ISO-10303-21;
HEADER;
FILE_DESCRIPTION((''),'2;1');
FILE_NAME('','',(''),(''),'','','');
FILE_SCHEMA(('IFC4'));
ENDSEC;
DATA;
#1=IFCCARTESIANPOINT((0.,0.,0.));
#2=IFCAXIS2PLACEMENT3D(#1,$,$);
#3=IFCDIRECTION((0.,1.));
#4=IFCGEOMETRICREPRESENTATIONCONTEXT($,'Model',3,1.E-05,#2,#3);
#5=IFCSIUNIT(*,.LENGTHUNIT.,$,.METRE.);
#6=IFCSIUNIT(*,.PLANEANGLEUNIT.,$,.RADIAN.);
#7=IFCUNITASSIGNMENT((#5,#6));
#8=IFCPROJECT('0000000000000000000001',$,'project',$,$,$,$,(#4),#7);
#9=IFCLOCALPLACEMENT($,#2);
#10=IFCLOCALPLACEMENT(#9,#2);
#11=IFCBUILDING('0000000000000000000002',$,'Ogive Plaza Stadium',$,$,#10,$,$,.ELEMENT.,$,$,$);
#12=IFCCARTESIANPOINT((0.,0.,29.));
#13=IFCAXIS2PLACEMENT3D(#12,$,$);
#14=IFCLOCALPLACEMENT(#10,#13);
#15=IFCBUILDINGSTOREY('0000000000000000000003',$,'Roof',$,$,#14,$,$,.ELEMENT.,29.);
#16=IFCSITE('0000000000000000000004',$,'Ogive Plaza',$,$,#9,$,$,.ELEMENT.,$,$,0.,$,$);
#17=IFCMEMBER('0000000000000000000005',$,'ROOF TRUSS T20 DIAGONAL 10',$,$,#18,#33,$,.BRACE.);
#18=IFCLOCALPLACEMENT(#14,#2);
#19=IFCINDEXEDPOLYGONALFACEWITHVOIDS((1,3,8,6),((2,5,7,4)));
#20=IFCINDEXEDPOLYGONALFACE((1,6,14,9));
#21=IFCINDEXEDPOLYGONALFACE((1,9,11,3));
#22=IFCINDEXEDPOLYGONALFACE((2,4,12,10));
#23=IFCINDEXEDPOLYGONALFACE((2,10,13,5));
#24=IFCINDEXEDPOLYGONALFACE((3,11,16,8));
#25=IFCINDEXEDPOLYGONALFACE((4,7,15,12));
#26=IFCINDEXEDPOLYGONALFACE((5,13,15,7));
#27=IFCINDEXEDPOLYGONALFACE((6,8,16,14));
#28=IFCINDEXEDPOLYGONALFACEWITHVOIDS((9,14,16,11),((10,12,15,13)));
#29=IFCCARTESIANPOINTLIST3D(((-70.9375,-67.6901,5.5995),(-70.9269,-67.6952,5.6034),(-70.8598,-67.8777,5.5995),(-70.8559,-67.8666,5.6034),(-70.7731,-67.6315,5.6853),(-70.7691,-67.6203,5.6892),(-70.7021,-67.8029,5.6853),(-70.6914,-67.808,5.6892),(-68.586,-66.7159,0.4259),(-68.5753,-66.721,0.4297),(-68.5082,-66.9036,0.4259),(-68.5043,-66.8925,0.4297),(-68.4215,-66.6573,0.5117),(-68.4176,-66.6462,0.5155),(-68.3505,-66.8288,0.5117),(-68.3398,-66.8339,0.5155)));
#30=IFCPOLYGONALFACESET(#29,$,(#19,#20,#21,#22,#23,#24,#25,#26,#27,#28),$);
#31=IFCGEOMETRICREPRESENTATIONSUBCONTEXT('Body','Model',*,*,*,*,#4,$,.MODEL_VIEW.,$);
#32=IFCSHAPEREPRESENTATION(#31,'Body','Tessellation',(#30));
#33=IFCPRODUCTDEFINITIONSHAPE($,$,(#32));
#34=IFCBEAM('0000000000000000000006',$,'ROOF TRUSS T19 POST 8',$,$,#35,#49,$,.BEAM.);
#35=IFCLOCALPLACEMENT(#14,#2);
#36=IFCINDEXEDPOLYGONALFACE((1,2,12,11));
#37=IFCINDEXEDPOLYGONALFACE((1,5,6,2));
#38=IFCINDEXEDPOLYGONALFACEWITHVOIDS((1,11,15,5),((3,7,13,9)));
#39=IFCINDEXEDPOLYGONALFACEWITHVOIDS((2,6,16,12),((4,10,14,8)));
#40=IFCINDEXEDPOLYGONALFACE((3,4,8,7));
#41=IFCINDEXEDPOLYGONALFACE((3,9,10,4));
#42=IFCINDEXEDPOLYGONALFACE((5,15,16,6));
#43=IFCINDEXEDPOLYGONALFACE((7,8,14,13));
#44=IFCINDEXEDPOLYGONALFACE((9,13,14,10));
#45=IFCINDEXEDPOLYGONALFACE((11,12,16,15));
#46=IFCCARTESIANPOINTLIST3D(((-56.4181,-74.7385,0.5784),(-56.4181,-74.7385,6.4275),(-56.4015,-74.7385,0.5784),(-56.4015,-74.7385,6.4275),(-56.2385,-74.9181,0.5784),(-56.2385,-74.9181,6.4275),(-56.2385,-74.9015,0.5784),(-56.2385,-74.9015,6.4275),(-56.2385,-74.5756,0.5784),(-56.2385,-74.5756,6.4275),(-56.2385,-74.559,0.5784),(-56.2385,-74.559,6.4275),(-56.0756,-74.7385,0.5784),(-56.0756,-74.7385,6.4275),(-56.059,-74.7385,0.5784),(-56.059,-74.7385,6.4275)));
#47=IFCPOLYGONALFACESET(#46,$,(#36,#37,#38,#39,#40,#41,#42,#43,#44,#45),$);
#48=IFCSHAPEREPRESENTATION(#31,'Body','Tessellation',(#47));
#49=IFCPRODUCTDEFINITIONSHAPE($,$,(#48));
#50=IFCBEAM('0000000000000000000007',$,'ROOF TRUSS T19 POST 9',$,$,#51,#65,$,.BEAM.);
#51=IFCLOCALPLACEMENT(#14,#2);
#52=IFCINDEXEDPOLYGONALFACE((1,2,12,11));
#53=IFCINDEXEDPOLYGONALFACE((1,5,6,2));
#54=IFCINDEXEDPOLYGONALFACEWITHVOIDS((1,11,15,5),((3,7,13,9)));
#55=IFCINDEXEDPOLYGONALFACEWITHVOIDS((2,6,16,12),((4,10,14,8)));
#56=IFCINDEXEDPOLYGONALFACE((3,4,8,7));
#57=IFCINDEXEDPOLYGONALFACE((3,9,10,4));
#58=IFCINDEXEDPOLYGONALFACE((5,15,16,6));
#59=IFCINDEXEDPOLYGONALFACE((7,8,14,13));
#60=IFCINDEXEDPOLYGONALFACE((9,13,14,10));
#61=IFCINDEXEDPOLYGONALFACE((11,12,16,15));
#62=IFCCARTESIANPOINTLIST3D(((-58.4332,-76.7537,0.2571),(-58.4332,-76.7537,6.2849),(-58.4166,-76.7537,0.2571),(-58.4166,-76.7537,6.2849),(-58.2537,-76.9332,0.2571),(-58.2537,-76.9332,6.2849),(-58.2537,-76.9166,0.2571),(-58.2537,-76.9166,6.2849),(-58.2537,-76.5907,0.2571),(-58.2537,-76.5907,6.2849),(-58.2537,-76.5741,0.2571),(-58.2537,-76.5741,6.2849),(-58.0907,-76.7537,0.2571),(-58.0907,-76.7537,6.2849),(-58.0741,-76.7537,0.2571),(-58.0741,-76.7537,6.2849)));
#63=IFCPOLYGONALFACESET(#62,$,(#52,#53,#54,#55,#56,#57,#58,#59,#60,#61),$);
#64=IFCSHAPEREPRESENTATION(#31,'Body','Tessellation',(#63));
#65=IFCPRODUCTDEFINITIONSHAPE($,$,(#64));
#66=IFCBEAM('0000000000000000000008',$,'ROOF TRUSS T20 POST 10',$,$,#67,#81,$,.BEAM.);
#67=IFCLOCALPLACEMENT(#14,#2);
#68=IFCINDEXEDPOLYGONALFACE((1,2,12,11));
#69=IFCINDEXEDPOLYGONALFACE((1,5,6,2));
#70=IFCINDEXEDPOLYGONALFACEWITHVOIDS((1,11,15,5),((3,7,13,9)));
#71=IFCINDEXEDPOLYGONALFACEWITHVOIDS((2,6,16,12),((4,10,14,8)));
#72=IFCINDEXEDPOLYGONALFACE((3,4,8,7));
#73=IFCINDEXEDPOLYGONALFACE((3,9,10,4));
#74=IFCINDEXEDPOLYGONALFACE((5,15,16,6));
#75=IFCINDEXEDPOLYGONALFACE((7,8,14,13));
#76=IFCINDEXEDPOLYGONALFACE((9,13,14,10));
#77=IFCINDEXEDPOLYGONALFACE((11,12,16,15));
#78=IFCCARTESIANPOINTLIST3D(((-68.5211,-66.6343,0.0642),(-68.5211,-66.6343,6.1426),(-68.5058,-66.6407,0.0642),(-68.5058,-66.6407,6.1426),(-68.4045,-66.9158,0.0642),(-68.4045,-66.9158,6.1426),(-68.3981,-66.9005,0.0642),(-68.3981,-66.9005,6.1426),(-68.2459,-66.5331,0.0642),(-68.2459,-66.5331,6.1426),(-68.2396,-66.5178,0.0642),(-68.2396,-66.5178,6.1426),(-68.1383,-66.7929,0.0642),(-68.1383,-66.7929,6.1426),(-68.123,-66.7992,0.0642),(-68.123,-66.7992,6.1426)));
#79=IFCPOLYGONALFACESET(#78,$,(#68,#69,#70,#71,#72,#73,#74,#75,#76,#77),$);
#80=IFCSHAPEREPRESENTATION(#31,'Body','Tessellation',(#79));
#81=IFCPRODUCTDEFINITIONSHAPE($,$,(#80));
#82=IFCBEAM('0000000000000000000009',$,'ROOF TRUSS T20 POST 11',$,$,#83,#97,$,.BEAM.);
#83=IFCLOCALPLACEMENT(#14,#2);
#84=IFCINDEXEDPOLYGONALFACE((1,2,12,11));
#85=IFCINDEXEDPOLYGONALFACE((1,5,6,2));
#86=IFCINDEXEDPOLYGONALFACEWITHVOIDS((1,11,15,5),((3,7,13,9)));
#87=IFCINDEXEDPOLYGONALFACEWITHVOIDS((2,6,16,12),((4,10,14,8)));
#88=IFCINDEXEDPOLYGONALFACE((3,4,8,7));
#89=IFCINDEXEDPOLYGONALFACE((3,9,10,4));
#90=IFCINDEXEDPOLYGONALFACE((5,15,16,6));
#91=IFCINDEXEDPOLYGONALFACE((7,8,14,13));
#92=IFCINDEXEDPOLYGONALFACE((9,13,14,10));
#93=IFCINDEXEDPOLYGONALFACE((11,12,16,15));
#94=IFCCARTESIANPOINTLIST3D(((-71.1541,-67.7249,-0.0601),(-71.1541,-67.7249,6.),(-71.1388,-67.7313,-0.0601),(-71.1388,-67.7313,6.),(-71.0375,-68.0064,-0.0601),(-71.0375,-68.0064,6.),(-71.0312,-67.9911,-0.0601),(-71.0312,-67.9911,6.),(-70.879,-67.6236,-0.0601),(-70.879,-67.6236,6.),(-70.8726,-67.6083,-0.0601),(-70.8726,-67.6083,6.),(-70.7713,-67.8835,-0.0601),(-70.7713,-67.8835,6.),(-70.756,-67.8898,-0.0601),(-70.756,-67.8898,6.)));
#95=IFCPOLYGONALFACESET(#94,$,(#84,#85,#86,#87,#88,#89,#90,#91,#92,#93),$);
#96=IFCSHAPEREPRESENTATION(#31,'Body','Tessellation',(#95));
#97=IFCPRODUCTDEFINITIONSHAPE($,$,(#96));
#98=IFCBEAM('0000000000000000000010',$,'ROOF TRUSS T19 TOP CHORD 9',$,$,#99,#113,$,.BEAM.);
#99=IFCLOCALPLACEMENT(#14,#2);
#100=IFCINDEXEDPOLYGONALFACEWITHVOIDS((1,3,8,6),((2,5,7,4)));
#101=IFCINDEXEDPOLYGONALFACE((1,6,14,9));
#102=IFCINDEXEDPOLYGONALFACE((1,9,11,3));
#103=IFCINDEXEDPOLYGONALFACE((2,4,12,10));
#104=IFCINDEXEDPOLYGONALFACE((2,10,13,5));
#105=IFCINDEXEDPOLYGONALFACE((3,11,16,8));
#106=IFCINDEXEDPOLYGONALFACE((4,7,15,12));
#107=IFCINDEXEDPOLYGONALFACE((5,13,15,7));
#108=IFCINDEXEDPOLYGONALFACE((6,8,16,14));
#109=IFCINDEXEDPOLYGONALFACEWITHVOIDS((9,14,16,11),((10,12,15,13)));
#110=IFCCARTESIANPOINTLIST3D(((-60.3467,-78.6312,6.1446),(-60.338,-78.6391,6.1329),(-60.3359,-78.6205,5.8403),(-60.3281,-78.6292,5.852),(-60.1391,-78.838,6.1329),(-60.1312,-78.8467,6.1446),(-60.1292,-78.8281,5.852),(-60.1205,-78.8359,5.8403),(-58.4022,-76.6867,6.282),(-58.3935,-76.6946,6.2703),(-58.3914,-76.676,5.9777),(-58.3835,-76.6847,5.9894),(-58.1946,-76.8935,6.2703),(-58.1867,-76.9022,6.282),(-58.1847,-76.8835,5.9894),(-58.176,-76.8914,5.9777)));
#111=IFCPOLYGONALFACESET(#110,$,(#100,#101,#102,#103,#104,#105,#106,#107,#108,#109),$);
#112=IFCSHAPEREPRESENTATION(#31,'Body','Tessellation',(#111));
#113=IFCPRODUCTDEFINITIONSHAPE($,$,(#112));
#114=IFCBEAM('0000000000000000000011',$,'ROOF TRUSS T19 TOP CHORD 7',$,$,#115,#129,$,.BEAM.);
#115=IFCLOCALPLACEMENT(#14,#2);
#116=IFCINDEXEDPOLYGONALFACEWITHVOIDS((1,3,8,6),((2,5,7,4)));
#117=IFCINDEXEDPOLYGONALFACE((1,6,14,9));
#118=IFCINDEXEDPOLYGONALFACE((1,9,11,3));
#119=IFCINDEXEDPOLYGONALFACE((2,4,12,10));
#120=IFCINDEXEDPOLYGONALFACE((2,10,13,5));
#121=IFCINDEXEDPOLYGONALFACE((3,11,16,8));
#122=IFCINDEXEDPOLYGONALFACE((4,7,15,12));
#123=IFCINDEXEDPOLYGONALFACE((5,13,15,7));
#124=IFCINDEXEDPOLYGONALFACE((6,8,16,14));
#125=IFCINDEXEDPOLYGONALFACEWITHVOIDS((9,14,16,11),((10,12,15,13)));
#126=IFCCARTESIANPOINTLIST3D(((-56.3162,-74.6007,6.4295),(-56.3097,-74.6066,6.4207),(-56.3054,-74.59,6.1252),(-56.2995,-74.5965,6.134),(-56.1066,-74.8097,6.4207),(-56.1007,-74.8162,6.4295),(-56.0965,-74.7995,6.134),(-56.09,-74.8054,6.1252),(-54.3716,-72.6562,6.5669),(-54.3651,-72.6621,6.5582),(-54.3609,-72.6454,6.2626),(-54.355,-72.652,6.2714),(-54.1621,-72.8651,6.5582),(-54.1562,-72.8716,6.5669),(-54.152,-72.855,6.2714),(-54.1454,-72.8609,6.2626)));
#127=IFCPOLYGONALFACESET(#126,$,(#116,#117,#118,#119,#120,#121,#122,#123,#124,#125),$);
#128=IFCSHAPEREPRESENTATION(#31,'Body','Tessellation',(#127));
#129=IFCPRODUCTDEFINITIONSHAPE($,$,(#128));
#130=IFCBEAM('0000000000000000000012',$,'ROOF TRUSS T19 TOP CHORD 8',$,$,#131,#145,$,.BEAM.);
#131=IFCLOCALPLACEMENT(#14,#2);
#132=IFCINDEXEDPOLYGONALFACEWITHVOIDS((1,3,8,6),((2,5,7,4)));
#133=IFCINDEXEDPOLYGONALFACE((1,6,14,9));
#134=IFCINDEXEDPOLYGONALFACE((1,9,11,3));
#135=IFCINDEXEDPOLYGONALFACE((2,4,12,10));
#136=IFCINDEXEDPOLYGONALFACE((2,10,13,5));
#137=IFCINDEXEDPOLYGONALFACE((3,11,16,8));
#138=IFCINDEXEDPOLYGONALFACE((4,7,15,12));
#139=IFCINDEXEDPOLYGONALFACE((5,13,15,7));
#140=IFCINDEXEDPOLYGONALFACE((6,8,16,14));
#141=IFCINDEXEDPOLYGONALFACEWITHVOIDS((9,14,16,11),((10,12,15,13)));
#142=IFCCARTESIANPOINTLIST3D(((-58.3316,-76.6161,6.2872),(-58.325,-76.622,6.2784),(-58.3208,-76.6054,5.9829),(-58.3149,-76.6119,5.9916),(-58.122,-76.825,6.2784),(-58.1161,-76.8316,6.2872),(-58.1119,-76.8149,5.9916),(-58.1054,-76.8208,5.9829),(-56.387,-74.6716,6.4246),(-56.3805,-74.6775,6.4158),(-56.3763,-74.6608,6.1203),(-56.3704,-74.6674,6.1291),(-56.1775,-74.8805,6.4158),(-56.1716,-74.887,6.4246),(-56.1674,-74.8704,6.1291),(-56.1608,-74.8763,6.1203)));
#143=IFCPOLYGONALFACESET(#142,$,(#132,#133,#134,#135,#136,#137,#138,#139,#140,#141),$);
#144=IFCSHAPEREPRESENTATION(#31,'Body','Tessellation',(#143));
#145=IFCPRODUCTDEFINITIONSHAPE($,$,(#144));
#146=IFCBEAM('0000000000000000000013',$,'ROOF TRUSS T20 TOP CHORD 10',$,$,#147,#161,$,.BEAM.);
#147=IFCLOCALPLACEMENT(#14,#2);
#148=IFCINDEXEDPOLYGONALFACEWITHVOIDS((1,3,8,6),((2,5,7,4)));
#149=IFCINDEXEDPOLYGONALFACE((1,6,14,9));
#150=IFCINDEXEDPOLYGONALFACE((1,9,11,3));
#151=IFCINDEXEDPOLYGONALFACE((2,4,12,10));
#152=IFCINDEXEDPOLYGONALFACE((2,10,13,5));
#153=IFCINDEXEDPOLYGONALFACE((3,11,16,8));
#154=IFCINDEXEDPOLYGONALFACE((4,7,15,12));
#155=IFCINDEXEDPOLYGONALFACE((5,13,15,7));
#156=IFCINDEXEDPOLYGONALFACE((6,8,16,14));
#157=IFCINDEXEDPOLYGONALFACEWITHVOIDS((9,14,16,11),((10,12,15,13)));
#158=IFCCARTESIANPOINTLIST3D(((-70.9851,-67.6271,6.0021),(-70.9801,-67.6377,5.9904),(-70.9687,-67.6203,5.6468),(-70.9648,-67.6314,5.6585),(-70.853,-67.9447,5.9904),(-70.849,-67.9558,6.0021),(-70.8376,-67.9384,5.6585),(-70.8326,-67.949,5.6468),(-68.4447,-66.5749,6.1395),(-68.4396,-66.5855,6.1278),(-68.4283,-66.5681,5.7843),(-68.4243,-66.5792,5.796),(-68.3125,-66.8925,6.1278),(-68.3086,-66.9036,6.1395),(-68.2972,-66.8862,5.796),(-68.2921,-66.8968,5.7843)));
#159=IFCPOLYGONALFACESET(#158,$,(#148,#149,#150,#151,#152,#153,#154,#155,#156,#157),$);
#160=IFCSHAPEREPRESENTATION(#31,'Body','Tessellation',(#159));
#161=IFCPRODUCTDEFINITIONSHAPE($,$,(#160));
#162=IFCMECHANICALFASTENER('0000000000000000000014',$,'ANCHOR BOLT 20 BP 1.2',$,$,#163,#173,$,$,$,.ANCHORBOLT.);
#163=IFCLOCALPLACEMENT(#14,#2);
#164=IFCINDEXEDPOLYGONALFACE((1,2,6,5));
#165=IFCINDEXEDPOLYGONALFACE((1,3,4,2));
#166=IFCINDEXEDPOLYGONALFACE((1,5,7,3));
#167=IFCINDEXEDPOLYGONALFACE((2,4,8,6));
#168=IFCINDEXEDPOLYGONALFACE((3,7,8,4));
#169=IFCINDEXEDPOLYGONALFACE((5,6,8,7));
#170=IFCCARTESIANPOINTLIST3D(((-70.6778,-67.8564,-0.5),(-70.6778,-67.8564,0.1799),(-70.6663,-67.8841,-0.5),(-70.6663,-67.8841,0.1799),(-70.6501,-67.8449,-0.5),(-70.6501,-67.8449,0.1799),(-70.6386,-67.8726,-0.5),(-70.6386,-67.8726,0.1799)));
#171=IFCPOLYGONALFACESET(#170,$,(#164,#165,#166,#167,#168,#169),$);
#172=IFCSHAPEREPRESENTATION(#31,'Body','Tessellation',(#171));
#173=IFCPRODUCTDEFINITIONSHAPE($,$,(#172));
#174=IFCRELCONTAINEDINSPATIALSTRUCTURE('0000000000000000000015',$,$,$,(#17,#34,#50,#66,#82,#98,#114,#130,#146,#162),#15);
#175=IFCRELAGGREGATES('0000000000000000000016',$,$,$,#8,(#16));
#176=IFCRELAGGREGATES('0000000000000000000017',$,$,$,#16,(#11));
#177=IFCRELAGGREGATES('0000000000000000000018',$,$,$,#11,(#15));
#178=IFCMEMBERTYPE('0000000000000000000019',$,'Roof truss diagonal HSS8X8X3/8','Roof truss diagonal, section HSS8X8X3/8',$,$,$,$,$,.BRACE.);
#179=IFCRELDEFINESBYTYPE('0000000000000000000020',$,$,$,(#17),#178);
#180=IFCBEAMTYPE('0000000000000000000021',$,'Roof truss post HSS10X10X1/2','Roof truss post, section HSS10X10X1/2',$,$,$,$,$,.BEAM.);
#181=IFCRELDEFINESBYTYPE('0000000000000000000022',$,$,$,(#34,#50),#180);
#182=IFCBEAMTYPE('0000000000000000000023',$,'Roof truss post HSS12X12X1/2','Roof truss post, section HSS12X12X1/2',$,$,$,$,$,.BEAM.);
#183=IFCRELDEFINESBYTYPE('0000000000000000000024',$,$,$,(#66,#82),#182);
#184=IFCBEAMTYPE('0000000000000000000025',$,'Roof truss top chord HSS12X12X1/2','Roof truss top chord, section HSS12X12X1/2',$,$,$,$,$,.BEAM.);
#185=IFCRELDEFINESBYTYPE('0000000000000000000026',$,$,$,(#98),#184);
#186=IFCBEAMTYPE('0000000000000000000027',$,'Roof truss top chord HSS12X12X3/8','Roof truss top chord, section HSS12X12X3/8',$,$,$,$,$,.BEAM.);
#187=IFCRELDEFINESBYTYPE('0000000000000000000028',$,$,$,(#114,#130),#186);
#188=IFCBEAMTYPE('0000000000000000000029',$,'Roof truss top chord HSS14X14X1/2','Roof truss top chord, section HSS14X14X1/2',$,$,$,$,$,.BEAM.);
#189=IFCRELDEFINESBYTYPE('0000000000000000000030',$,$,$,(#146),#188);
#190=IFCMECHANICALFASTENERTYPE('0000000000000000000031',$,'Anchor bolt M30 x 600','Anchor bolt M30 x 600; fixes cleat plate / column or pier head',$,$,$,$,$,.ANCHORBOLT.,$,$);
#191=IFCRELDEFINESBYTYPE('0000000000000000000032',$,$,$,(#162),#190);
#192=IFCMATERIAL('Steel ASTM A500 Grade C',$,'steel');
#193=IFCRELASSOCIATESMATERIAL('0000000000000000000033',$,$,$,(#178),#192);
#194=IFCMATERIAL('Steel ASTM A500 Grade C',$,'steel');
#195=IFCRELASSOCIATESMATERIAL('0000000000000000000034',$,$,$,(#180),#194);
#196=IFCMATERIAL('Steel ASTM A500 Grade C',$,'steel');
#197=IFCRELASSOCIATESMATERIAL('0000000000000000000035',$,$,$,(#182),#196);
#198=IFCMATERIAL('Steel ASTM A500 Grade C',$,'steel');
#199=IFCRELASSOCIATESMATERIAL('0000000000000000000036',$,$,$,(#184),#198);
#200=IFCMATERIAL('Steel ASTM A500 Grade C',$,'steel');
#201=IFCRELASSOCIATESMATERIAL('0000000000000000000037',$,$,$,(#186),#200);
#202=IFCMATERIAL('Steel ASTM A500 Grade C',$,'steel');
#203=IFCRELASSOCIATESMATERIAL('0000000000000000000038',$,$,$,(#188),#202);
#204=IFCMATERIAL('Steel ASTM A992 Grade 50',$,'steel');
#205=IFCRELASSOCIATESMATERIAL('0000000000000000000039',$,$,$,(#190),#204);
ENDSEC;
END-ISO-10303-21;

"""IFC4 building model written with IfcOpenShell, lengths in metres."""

from ifc_helpers import new_model, si_unit, direction, frame, origin, origin_2d, place, context, subcontext, project, spatial, rectangle, hollow_rectangle, extrude, material, material_profile, profile_set, type_object, element, save


model = new_model("IFC4")

# Units and contexts
model_context = context("Model", 3, precision=1e-05, world=origin(), true_north=direction((0.0, 1.0)))
body_context = subcontext(model_context, "Body", "Model", "MODEL_VIEW")
ifc_project = project(units=[si_unit("LENGTHUNIT", "METRE"), si_unit("PLANEANGLEUNIT", "RADIAN")], contexts=[model_context])

# Site, building, storey
site_placement = place(None, origin())
site = spatial("IfcSite", under=ifc_project, at=site_placement, Name="Ogive Plaza", CompositionType="ELEMENT", RefElevation=0.0)
building_placement = place(site_placement, origin())
building = spatial("IfcBuilding", under=site, at=building_placement, Name="Ogive Plaza Stadium", CompositionType="ELEMENT")
storey_placement = place(building_placement, frame((0.0, 0.0, 29.0)))
storey = spatial("IfcBuildingStorey", under=building, at=storey_placement, Name="Roof", CompositionType="ELEMENT", Elevation=29.0)

# Member
ifc_material_1 = material(Name="Steel ASTM A500 Grade C", Category="steel")
ifc_material_profile_1 = material_profile(ifc_material_1, hollow_rectangle(XDim=0.2031, YDim=0.2031, WallThickness=0.0088, at=origin_2d()), Name="HSS8X8X3/8")
ifc_profile_set_1 = profile_set([ifc_material_profile_1], Name="Steel ASTM A500 Grade C")
member_type_1 = type_object("IfcMemberType", Name="Roof truss diagonal HSS8X8X3/8", Description="Roof truss diagonal, section HSS8X8X3/8", PredefinedType="BRACE", material=ifc_profile_set_1)
member_1_placement = place(storey_placement, frame((-68.4629, -66.7749, 0.4707), z_axis=(-0.407845, -0.168947, 0.897284), x_axis=(0.382708, -0.92387, 0.0)))
element("IfcMember", 1, at=member_1_placement, inside=storey, type_object=member_type_1, Name="ROOF TRUSS T20 DIAGONAL 10", PredefinedType="BRACE", context=body_context, shape_type="SweptSolid", body=[
    extrude(hollow_rectangle(XDim=0.2031, YDim=0.2031, WallThickness=0.0088, at=origin_2d()), origin(), (0.0, 0.0, 1.0), 5.7659),
])

# Beams
ifc_material_2 = material(Name="Steel ASTM A500 Grade C", Category="steel")
ifc_material_profile_2 = material_profile(ifc_material_2, hollow_rectangle(XDim=0.2539, YDim=0.2539, WallThickness=0.0117, at=origin_2d()), Name="HSS10X10X1/2")
ifc_profile_set_2 = profile_set([ifc_material_profile_2], Name="Steel ASTM A500 Grade C")
beam_type_1 = type_object("IfcBeamType", Name="Roof truss post HSS10X10X1/2", Description="Roof truss post, section HSS10X10X1/2", PredefinedType="BEAM", material=ifc_profile_set_2)
beam_1_placement = place(storey_placement, frame((-56.2385, -74.7385, 0.5784), z_axis=(0.0, 0.0, 1.0), x_axis=(0.707107, -0.707107, 0.0)))
element("IfcBeam", 2, at=beam_1_placement, inside=storey, type_object=beam_type_1, Name="ROOF TRUSS T19 POST 8", PredefinedType="BEAM", context=body_context, shape_type="SweptSolid", body=[
    extrude(hollow_rectangle(XDim=0.2539, YDim=0.2539, WallThickness=0.0117, at=origin_2d()), origin(), (0.0, 0.0, 1.0), 5.8491),
])
beam_2_placement = place(storey_placement, frame((-58.2537, -76.7537, 0.2571), z_axis=(0.0, 0.0, 1.0), x_axis=(0.707107, -0.707107, 0.0)))
element("IfcBeam", 3, at=beam_2_placement, inside=storey, type_object=beam_type_1, Name="ROOF TRUSS T19 POST 9", PredefinedType="BEAM", context=body_context, shape_type="SweptSolid", body=[
    extrude(hollow_rectangle(XDim=0.2539, YDim=0.2539, WallThickness=0.0117, at=origin_2d()), origin(), (0.0, 0.0, 1.0), 6.0278),
])
ifc_material_3 = material(Name="Steel ASTM A500 Grade C", Category="steel")
ifc_material_profile_3 = material_profile(ifc_material_3, hollow_rectangle(XDim=0.3047, YDim=0.3047, WallThickness=0.0117, at=origin_2d()), Name="HSS12X12X1/2")
ifc_profile_set_3 = profile_set([ifc_material_profile_3], Name="Steel ASTM A500 Grade C")
beam_type_2 = type_object("IfcBeamType", Name="Roof truss post HSS12X12X1/2", Description="Roof truss post, section HSS12X12X1/2", PredefinedType="BEAM", material=ifc_profile_set_3)
beam_3_placement = place(storey_placement, frame((-68.322, -66.7168, 0.0642), z_axis=(0.0, 0.0, 1.0), x_axis=(0.382683, -0.92388, 0.0)))
element("IfcBeam", 4, at=beam_3_placement, inside=storey, type_object=beam_type_2, Name="ROOF TRUSS T20 POST 10", PredefinedType="BEAM", context=body_context, shape_type="SweptSolid", body=[
    extrude(hollow_rectangle(XDim=0.3047, YDim=0.3047, WallThickness=0.0117, at=origin_2d()), origin(), (0.0, 0.0, 1.0), 6.0784),
])
beam_4_placement = place(storey_placement, frame((-70.9551, -67.8074, -0.0601), z_axis=(0.0, 0.0, 1.0), x_axis=(0.382683, -0.92388, 0.0)))
element("IfcBeam", 5, at=beam_4_placement, inside=storey, type_object=beam_type_2, Name="ROOF TRUSS T20 POST 11", PredefinedType="BEAM", context=body_context, shape_type="SweptSolid", body=[
    extrude(hollow_rectangle(XDim=0.3047, YDim=0.3047, WallThickness=0.0117, at=origin_2d()), origin(), (0.0, 0.0, 1.0), 6.0601),
])
ifc_material_4 = material(Name="Steel ASTM A500 Grade C", Category="steel")
ifc_material_profile_4 = material_profile(ifc_material_4, hollow_rectangle(XDim=0.3047, YDim=0.3047, WallThickness=0.0117, at=origin_2d()), Name="HSS12X12X1/2")
ifc_profile_set_4 = profile_set([ifc_material_profile_4], Name="Steel ASTM A500 Grade C")
beam_type_3 = type_object("IfcBeamType", Name="Roof truss top chord HSS12X12X1/2", Description="Roof truss top chord, section HSS12X12X1/2", PredefinedType="BEAM", material=ifc_profile_set_4)
beam_5_placement = place(storey_placement, frame((-58.2891, -76.7891, 6.1299), z_axis=(-0.706225, -0.706225, -0.049919), x_axis=(0.707107, -0.707107, 0.0)))
element("IfcBeam", 6, at=beam_5_placement, inside=storey, type_object=beam_type_3, Name="ROOF TRUSS T19 TOP CHORD 9", PredefinedType="BEAM", context=body_context, shape_type="SweptSolid", body=[
    extrude(hollow_rectangle(XDim=0.3047, YDim=0.3047, WallThickness=0.0117, at=origin_2d()), origin(), (0.0, 0.0, 1.0), 2.7534),
])
ifc_material_5 = material(Name="Steel ASTM A500 Grade C", Category="steel")
ifc_material_profile_5 = material_profile(ifc_material_5, hollow_rectangle(XDim=0.3047, YDim=0.3047, WallThickness=0.0088, at=origin_2d()), Name="HSS12X12X3/8")
ifc_profile_set_5 = profile_set([ifc_material_profile_5], Name="Steel ASTM A500 Grade C")
beam_type_4 = type_object("IfcBeamType", Name="Roof truss top chord HSS12X12X3/8", Description="Roof truss top chord, section HSS12X12X3/8", PredefinedType="BEAM", material=ifc_profile_set_5)
for number, where, z_axis, x_axis, name in (
    (7, (-54.2585, -72.7585, 6.4148), (-0.706225, -0.706225, -0.049919), (0.707107, -0.707107, 0.0), "ROOF TRUSS T19 TOP CHORD 7"),
    (8, (-56.2739, -74.7739, 6.2725), (-0.706225, -0.706225, -0.049919), (0.707107, -0.707107, 0.0), "ROOF TRUSS T19 TOP CHORD 8"),
):
    element("IfcBeam", number, at=place(storey_placement, frame(where, z_axis=z_axis, x_axis=x_axis)), inside=storey, type_object=beam_type_4, Name=name, PredefinedType="BEAM", context=body_context, shape_type="SweptSolid", body=[
        extrude(hollow_rectangle(XDim=0.3047, YDim=0.3047, WallThickness=0.0088, at=origin_2d()), origin(), (0.0, 0.0, 1.0), 2.7534),
    ])
ifc_material_6 = material(Name="Steel ASTM A500 Grade C", Category="steel")
ifc_material_profile_6 = material_profile(ifc_material_6, hollow_rectangle(XDim=0.3557, YDim=0.3557, WallThickness=0.0117, at=origin_2d()), Name="HSS14X14X1/2")
ifc_profile_set_6 = profile_set([ifc_material_profile_6], Name="Steel ASTM A500 Grade C")
beam_type_5 = type_object("IfcBeamType", Name="Roof truss top chord HSS14X14X1/2", Description="Roof truss top chord, section HSS14X14X1/2", PredefinedType="BEAM", material=ifc_profile_set_6)
beam_6_placement = place(storey_placement, frame((-68.3684, -66.7358, 5.9619), z_axis=(-0.922737, -0.382183, -0.049923), x_axis=(0.38266, -0.923889, 0.0)))
element("IfcBeam", 9, at=beam_6_placement, inside=storey, type_object=beam_type_5, Name="ROOF TRUSS T20 TOP CHORD 10", PredefinedType="BEAM", context=body_context, shape_type="SweptSolid", body=[
    extrude(hollow_rectangle(XDim=0.3557, YDim=0.3557, WallThickness=0.0117, at=origin_2d()), origin(), (0.0, 0.0, 1.0), 2.7532),
])

# Mechanical fastener
ifc_material_7 = material(Name="Steel ASTM A992 Grade 50", Category="steel")
mechanical_fastener_type = type_object("IfcMechanicalFastenerType", Name="Anchor bolt M30 x 600", Description="Anchor bolt M30 x 600; fixes cleat plate / column or pier head", PredefinedType="ANCHORBOLT", material=ifc_material_7)
for number, where, z_axis, x_axis, name in (
    (10, (-70.6582, -67.8645, -0.5), (0.0, 0.0, 1.0), (-0.92388, -0.382683, 0.0), "ANCHOR BOLT 20 BP 1.2"),
):
    element("IfcMechanicalFastener", number, at=place(storey_placement, frame(where, z_axis=z_axis, x_axis=x_axis)), inside=storey, type_object=mechanical_fastener_type, Name=name, PredefinedType="ANCHORBOLT", context=body_context, shape_type="SweptSolid", body=[
        extrude(rectangle(XDim=0.03, YDim=0.03, at=origin_2d()), origin(), (0.0, 0.0, 1.0), 0.6799),
    ])

save(model, "model.ifc")
